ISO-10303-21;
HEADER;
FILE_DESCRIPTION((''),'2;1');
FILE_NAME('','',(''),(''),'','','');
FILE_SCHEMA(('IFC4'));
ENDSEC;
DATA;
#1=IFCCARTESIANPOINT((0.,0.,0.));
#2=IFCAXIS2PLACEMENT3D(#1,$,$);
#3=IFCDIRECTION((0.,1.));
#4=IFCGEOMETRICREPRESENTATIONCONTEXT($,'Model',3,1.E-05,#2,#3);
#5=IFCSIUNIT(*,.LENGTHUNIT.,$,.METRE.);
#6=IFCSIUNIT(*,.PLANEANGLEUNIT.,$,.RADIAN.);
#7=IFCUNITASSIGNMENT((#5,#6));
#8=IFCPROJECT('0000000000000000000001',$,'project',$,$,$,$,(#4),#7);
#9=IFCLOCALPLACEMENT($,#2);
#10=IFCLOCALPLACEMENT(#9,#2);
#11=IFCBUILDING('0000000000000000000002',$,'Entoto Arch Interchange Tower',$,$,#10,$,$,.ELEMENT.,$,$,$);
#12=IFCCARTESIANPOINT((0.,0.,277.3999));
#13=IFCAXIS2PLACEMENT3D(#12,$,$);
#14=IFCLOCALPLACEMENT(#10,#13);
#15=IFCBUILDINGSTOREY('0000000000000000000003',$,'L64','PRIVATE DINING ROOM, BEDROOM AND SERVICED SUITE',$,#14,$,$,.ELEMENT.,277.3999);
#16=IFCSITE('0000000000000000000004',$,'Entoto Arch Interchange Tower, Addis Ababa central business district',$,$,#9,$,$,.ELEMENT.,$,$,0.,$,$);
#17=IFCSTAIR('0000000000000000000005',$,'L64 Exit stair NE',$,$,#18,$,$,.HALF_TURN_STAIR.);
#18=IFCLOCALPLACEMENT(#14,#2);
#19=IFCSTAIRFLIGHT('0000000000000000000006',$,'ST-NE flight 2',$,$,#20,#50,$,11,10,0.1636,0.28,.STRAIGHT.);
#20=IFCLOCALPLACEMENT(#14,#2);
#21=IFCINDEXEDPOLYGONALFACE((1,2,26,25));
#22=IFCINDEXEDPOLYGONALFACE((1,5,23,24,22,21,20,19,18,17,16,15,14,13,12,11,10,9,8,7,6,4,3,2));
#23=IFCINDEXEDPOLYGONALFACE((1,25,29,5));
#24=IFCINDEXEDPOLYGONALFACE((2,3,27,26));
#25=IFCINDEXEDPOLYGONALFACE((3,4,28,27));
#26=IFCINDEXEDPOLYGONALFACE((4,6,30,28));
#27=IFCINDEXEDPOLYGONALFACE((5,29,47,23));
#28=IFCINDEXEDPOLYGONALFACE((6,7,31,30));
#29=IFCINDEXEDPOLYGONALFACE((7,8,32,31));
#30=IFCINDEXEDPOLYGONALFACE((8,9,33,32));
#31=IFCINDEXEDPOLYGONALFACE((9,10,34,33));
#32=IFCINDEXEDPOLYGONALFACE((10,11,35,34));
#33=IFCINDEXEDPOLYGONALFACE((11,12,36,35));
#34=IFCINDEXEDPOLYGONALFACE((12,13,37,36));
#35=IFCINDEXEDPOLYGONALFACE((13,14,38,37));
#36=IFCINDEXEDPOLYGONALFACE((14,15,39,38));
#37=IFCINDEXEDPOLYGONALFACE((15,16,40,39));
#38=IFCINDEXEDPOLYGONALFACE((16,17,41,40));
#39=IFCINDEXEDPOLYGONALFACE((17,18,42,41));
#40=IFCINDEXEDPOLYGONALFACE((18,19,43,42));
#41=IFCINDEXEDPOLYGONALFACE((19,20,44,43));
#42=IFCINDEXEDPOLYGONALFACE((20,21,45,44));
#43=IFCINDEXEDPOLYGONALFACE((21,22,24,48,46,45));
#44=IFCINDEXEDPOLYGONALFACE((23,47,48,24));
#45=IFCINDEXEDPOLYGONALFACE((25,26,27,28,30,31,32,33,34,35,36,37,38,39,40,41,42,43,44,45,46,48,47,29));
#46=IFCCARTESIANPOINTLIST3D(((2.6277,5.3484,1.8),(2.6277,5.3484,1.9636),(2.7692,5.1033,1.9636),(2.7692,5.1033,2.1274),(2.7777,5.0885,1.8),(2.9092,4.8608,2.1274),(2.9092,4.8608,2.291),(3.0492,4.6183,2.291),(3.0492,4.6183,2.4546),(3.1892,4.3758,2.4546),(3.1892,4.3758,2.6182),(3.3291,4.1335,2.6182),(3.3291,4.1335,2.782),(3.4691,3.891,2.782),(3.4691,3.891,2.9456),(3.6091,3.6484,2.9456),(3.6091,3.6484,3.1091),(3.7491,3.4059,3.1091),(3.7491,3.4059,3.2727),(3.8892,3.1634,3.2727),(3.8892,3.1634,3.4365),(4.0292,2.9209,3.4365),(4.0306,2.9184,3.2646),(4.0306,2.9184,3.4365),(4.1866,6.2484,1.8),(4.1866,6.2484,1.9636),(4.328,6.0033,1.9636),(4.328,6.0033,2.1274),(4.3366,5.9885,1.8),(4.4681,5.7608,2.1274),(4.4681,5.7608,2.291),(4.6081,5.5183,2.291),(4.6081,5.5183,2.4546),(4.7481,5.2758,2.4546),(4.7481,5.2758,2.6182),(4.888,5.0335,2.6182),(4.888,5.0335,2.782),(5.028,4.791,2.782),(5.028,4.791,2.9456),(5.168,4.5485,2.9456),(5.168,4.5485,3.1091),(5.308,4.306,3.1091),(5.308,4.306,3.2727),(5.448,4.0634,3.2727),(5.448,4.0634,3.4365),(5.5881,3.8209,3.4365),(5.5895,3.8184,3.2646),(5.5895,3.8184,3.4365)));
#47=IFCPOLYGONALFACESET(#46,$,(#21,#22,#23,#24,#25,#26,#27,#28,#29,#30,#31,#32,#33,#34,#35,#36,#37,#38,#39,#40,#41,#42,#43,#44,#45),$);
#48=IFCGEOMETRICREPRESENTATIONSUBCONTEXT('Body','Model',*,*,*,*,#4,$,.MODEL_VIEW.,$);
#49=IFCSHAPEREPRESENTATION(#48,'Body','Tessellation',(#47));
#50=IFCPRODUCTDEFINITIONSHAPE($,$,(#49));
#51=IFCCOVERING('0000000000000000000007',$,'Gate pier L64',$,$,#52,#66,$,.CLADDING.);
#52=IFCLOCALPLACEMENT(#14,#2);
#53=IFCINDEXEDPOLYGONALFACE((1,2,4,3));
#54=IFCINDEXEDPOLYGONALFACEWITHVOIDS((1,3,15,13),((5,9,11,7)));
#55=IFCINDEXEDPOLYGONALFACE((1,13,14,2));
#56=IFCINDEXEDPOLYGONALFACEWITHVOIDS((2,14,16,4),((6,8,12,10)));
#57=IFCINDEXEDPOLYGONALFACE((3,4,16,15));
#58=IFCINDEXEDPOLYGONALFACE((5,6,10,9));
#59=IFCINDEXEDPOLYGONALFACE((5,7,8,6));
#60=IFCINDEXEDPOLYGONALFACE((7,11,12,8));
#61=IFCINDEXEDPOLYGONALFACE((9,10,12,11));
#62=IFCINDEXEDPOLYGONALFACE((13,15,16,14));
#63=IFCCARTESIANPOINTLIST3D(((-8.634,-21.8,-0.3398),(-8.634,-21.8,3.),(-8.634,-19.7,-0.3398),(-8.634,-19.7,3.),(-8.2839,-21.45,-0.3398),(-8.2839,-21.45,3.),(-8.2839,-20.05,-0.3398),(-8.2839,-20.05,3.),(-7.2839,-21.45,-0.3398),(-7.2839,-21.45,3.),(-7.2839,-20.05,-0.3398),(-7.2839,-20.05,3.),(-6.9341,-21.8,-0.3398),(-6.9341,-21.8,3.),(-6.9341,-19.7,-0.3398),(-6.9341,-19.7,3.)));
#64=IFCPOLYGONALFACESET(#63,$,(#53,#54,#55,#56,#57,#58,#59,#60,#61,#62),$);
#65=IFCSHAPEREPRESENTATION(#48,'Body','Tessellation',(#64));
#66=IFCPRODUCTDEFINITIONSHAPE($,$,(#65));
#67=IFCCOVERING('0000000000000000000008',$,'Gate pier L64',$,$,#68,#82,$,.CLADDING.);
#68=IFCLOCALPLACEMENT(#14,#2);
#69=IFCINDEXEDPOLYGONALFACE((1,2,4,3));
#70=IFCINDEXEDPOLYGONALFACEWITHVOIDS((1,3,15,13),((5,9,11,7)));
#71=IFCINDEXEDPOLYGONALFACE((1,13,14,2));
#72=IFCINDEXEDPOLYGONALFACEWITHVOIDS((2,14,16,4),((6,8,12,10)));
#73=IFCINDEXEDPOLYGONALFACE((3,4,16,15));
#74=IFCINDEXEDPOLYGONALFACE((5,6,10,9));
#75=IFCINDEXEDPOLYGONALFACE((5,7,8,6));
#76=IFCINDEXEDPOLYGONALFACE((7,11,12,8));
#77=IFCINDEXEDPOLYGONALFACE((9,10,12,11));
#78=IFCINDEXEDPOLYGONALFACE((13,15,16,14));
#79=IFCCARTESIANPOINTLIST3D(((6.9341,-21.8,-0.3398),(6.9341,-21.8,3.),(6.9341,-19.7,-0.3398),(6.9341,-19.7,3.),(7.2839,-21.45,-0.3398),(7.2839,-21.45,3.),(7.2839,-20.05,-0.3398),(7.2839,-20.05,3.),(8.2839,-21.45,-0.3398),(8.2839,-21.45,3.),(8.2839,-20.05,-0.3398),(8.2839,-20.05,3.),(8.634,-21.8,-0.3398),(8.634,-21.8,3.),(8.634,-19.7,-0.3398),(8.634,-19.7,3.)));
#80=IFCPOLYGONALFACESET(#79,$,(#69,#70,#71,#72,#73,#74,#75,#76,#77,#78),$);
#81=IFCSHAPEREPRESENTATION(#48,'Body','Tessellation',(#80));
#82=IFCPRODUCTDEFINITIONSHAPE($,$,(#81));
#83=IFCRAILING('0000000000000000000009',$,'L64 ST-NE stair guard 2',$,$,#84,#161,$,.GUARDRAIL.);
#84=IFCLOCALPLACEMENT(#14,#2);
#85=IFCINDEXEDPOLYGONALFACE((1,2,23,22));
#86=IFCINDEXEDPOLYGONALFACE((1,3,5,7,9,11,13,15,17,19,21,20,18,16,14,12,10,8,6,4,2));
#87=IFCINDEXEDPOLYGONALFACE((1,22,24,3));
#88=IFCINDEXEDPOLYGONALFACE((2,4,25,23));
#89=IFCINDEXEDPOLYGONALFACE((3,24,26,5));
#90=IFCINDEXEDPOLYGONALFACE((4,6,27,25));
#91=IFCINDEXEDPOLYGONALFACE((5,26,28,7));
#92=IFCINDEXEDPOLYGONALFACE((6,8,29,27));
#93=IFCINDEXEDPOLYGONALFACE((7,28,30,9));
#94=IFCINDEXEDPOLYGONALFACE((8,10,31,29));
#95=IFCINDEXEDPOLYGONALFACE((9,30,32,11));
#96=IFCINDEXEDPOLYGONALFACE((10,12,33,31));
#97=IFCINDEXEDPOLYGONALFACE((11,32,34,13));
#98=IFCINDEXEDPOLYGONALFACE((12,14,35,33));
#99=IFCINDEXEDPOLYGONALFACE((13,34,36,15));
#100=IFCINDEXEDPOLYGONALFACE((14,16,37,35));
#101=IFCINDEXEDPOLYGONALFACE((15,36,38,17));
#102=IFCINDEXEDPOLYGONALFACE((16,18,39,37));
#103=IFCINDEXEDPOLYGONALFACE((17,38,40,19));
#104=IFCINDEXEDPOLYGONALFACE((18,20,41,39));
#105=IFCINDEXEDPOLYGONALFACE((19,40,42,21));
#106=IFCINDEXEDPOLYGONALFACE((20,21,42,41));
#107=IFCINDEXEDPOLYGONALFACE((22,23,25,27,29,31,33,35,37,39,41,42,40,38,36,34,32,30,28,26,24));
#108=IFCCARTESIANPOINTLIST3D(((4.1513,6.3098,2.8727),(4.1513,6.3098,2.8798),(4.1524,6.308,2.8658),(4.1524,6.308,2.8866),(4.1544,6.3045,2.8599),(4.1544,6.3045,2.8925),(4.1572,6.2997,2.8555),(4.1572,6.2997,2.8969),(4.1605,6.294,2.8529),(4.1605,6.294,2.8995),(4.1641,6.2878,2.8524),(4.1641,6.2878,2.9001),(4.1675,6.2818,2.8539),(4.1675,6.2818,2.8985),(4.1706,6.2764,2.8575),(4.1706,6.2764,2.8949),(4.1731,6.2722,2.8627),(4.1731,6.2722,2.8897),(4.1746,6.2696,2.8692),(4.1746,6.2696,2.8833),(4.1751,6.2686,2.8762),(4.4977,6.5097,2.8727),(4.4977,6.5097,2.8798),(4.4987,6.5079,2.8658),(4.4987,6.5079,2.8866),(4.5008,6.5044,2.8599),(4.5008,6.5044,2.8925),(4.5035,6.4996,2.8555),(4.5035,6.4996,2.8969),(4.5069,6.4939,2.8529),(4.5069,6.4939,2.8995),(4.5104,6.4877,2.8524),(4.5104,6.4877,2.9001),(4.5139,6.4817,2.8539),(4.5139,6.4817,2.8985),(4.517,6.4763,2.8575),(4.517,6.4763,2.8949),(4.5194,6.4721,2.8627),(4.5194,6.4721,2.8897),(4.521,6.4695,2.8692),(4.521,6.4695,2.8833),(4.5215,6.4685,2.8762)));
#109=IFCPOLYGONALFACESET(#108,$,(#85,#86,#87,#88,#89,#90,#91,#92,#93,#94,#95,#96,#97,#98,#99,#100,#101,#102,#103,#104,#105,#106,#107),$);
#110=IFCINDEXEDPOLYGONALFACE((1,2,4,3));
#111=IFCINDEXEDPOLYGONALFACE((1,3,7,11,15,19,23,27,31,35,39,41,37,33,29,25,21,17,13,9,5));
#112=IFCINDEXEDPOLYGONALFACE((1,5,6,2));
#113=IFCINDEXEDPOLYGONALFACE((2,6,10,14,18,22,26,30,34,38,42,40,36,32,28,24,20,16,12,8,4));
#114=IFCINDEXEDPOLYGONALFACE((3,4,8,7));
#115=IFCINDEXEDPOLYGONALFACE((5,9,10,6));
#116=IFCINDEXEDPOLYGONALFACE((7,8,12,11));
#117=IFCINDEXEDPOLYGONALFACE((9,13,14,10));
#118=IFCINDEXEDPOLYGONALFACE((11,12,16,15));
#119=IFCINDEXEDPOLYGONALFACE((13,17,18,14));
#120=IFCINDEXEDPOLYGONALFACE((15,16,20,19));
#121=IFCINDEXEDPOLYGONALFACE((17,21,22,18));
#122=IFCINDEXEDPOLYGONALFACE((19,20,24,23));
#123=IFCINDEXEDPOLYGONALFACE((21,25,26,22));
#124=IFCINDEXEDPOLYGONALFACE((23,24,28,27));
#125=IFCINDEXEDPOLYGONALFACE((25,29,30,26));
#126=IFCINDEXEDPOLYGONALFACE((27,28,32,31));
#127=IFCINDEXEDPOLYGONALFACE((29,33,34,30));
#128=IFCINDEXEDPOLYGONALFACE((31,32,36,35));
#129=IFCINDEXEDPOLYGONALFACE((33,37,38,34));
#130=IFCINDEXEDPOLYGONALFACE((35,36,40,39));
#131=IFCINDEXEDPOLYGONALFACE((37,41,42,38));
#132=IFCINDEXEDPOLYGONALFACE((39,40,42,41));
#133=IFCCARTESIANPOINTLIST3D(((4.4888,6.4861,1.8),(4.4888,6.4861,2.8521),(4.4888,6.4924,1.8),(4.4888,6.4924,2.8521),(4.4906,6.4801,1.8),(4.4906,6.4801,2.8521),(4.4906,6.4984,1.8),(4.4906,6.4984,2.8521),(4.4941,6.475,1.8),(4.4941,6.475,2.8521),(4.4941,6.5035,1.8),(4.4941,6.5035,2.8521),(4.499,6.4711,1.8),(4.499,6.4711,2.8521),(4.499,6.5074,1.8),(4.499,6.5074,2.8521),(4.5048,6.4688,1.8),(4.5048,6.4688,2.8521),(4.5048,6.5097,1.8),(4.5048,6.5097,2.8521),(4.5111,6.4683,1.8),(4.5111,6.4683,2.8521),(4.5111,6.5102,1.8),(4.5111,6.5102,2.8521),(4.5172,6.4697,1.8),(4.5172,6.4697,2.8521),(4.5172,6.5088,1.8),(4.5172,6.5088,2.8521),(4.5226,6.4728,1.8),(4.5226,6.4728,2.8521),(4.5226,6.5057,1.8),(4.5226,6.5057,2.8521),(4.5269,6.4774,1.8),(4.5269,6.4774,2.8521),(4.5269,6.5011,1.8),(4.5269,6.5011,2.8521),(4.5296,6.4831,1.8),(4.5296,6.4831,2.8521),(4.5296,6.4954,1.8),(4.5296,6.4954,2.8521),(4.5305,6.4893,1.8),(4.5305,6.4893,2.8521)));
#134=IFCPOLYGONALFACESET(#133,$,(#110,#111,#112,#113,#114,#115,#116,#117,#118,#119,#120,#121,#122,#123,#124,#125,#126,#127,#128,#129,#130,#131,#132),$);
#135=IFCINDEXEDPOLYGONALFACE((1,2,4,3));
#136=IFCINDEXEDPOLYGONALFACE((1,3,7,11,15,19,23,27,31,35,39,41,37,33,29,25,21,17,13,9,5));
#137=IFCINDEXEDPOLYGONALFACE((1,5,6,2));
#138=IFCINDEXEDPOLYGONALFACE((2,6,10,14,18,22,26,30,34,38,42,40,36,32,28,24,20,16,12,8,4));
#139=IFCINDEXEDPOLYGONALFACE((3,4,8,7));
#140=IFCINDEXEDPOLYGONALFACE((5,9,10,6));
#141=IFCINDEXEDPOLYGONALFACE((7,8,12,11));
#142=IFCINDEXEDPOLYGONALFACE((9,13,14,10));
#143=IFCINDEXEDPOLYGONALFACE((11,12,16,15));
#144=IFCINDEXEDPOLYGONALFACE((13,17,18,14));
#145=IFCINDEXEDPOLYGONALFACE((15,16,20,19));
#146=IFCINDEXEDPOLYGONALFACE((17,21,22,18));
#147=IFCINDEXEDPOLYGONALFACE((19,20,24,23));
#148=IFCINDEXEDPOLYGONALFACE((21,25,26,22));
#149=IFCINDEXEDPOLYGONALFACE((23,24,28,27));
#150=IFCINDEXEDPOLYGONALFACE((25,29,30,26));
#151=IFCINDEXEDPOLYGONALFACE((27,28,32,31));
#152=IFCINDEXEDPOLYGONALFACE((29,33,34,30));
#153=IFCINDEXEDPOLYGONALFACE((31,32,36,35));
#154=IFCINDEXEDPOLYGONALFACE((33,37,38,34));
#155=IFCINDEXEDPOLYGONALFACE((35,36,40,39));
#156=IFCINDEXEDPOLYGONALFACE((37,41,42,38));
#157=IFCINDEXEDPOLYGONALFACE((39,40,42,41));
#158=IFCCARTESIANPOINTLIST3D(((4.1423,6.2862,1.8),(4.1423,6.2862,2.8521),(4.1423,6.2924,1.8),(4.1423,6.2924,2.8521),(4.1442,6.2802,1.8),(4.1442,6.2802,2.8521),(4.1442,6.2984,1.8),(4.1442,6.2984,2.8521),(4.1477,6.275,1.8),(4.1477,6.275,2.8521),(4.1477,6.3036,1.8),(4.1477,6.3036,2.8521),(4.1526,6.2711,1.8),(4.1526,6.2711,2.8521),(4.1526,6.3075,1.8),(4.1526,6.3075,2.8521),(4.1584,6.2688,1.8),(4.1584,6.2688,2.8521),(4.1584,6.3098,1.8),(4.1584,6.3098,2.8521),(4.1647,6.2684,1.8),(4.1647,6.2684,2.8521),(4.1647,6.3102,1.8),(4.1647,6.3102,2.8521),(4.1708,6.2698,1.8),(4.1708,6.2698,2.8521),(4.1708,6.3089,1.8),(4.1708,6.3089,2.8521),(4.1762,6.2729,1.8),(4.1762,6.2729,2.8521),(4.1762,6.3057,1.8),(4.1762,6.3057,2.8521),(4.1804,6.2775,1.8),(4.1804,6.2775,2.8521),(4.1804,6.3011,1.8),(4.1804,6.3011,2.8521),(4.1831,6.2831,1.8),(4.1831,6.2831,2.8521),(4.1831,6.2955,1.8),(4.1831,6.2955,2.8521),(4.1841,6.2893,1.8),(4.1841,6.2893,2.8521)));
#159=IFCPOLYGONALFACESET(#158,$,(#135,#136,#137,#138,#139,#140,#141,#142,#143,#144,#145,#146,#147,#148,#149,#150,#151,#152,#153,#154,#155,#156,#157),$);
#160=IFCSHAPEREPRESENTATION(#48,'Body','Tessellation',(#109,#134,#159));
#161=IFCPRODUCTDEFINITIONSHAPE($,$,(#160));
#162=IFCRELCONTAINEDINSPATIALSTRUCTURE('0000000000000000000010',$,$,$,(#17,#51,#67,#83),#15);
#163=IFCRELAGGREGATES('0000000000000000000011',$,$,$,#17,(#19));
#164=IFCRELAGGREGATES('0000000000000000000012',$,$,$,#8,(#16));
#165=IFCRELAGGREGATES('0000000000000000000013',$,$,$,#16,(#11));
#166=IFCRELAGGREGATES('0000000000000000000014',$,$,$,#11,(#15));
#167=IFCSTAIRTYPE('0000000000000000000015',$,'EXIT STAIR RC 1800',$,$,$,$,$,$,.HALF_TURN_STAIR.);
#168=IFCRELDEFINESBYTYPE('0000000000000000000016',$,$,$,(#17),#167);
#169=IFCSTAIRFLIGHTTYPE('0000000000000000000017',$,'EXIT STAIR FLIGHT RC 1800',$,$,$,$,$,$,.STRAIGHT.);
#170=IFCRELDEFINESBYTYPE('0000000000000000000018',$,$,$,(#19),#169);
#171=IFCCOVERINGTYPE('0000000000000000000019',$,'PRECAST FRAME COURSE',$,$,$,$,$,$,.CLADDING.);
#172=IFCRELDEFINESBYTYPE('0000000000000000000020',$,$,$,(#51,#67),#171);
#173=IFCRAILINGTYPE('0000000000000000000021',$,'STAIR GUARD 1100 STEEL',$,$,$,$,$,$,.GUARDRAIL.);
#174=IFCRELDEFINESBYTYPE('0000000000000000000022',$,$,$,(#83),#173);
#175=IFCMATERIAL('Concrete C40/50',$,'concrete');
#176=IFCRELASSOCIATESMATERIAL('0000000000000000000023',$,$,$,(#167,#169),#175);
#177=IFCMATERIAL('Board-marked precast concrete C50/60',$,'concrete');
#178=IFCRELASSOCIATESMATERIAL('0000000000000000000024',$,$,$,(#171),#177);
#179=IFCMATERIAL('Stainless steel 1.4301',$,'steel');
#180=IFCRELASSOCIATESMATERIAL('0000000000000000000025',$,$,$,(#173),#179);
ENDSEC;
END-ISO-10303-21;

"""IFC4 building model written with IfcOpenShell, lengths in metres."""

from ifc_helpers import new_model, si_unit, direction, frame, origin, origin_2d, place, context, subcontext, project, spatial, polyline, circle, outline, extrude, material, type_object, element, aggregate, save


model = new_model("IFC4")

# Units and contexts
model_context = context("Model", 3, precision=1e-05, world=origin(), true_north=direction((0.0, 1.0)))
body_context = subcontext(model_context, "Body", "Model", "MODEL_VIEW")
ifc_project = project(units=[si_unit("LENGTHUNIT", "METRE"), si_unit("PLANEANGLEUNIT", "RADIAN")], contexts=[model_context])

# Site, building, storey
site_placement = place(None, origin())
site = spatial("IfcSite", under=ifc_project, at=site_placement, Name="Entoto Arch Interchange Tower, Addis Ababa central business district", CompositionType="ELEMENT", RefElevation=0.0)
building_placement = place(site_placement, origin())
building = spatial("IfcBuilding", under=site, at=building_placement, Name="Entoto Arch Interchange Tower", CompositionType="ELEMENT")
storey_placement = place(building_placement, frame((0.0, 0.0, 277.3999)))
storey = spatial("IfcBuildingStorey", under=building, at=storey_placement, Name="L64", Description="PRIVATE DINING ROOM, BEDROOM AND SERVICED SUITE", CompositionType="ELEMENT", Elevation=277.3999)

# Shared definitions
ifc_material_1 = material(Name="Concrete C40/50", Category="concrete")

# Stair
stair_type = type_object("IfcStairType", Name="EXIT STAIR RC 1800", PredefinedType="HALF_TURN_STAIR", material=ifc_material_1)
stair_1_placement = place(storey_placement, origin())
stair_1 = element("IfcStair", 1, at=stair_1_placement, inside=storey, type_object=stair_type, Name="L64 Exit stair NE", PredefinedType="HALF_TURN_STAIR")

# Stair flight
stair_flight_type = type_object("IfcStairFlightType", Name="EXIT STAIR FLIGHT RC 1800", PredefinedType="STRAIGHT", material=ifc_material_1)
stair_flight_placement = place(storey_placement, frame((3.4087, 5.7959, 1.8), z_axis=(0.0, 0.0, 1.0), x_axis=(0.5, -0.866025, 0.0)))
stair_flight = element("IfcStairFlight", 2, at=stair_flight_placement, type_object=stair_flight_type, Name="ST-NE flight 2", NumberOfRisers=11, NumberOfTreads=10, PredefinedType="STRAIGHT", RiserHeight=0.1636, TreadLength=0.28, context=body_context, shape_type="SweptSolid", body=[
    extrude(outline(polyline([(-0.0029, 0.0), (-0.0029, 0.1636), (0.28, 0.1636), (0.28, 0.3274), (0.5601, 0.3274), (0.5601, 0.491), (0.8401, 0.491), (0.8401, 0.6545), (1.1201, 0.6545), (1.1201, 0.8181), (1.3999, 0.8181), (1.3999, 0.9819), (1.6799, 0.9819), (1.6799, 1.1455), (1.96, 1.1455), (1.96, 1.3091), (2.24, 1.3091), (2.24, 1.4727), (2.52, 1.4727), (2.52, 1.6365), (2.8, 1.6365), (2.803, 1.6365), (2.803, 1.4646), (0.2971, 0.0), (-0.0029, 0.0)])), frame((0.0, 0.8999, 0.0), z_axis=(0.0, -1.0, 0.0), x_axis=(1.0, 0.0, 0.0)), (0.0, 0.0, 1.0), 1.8),
])
aggregate(stair_1, [stair_flight])

# Coverings
ifc_material_2 = material(Name="Board-marked precast concrete C50/60", Category="concrete")
covering_type = type_object("IfcCoveringType", Name="PRECAST FRAME COURSE", PredefinedType="CLADDING", material=ifc_material_2)
covering_1_placement = place(storey_placement, frame((0.0, 0.0, -0.3398)))
element("IfcCovering", 3, at=covering_1_placement, inside=storey, type_object=covering_type, Name="Gate pier L64", PredefinedType="CLADDING", context=body_context, shape_type="SweptSolid", body=[
    extrude(outline(polyline([(-8.634, -19.7), (-6.9341, -19.7), (-6.9341, -21.8), (-8.634, -21.8), (-8.634, -19.7)]), holes=[polyline([(-8.2839, -20.05), (-8.2839, -21.45), (-7.2839, -21.45), (-7.2839, -20.05), (-8.2839, -20.05)])]), origin(), (0.0, 0.0, 1.0), 3.3398),
])
covering_2_placement = place(storey_placement, frame((0.0, 0.0, -0.3398)))
element("IfcCovering", 4, at=covering_2_placement, inside=storey, type_object=covering_type, Name="Gate pier L64", PredefinedType="CLADDING", context=body_context, shape_type="SweptSolid", body=[
    extrude(outline(polyline([(6.9341, -19.7), (8.634, -19.7), (8.634, -21.8), (6.9341, -21.8), (6.9341, -19.7)]), holes=[polyline([(7.2839, -20.05), (7.2839, -21.45), (8.2839, -21.45), (8.2839, -20.05), (7.2839, -20.05)])]), origin(), (0.0, 0.0, 1.0), 3.3398),
])

# Railing
ifc_material_3 = material(Name="Stainless steel 1.4301", Category="steel")
railing_type_1 = type_object("IfcRailingType", Name="STAIR GUARD 1100 STEEL", PredefinedType="GUARDRAIL", material=ifc_material_3)
railing_1_placement = place(storey_placement, frame((4.5095, 6.4893, 1.8)))
element("IfcRailing", 5, at=railing_1_placement, inside=storey, type_object=railing_type_1, Name="L64 ST-NE stair guard 2", PredefinedType="GUARDRAIL", context=body_context, shape_type="SweptSolid", body=[
    extrude(circle(Radius=0.0239, at=origin_2d()), frame((0.0, 0.0, 1.0762), z_axis=(-0.866094, -0.499881, 0.0), x_axis=(0.499881, -0.866094, 0.0)), (0.0, 0.0, 1.0), 0.3999),
    extrude(circle(Radius=0.021, at=origin_2d()), origin(), (0.0, 0.0, 1.0), 1.052),
    extrude(circle(Radius=0.021, at=origin_2d()), frame((-0.3464, -0.2, 0.0)), (0.0, 0.0, 1.0), 1.052),
])

save(model, "model.ifc")
